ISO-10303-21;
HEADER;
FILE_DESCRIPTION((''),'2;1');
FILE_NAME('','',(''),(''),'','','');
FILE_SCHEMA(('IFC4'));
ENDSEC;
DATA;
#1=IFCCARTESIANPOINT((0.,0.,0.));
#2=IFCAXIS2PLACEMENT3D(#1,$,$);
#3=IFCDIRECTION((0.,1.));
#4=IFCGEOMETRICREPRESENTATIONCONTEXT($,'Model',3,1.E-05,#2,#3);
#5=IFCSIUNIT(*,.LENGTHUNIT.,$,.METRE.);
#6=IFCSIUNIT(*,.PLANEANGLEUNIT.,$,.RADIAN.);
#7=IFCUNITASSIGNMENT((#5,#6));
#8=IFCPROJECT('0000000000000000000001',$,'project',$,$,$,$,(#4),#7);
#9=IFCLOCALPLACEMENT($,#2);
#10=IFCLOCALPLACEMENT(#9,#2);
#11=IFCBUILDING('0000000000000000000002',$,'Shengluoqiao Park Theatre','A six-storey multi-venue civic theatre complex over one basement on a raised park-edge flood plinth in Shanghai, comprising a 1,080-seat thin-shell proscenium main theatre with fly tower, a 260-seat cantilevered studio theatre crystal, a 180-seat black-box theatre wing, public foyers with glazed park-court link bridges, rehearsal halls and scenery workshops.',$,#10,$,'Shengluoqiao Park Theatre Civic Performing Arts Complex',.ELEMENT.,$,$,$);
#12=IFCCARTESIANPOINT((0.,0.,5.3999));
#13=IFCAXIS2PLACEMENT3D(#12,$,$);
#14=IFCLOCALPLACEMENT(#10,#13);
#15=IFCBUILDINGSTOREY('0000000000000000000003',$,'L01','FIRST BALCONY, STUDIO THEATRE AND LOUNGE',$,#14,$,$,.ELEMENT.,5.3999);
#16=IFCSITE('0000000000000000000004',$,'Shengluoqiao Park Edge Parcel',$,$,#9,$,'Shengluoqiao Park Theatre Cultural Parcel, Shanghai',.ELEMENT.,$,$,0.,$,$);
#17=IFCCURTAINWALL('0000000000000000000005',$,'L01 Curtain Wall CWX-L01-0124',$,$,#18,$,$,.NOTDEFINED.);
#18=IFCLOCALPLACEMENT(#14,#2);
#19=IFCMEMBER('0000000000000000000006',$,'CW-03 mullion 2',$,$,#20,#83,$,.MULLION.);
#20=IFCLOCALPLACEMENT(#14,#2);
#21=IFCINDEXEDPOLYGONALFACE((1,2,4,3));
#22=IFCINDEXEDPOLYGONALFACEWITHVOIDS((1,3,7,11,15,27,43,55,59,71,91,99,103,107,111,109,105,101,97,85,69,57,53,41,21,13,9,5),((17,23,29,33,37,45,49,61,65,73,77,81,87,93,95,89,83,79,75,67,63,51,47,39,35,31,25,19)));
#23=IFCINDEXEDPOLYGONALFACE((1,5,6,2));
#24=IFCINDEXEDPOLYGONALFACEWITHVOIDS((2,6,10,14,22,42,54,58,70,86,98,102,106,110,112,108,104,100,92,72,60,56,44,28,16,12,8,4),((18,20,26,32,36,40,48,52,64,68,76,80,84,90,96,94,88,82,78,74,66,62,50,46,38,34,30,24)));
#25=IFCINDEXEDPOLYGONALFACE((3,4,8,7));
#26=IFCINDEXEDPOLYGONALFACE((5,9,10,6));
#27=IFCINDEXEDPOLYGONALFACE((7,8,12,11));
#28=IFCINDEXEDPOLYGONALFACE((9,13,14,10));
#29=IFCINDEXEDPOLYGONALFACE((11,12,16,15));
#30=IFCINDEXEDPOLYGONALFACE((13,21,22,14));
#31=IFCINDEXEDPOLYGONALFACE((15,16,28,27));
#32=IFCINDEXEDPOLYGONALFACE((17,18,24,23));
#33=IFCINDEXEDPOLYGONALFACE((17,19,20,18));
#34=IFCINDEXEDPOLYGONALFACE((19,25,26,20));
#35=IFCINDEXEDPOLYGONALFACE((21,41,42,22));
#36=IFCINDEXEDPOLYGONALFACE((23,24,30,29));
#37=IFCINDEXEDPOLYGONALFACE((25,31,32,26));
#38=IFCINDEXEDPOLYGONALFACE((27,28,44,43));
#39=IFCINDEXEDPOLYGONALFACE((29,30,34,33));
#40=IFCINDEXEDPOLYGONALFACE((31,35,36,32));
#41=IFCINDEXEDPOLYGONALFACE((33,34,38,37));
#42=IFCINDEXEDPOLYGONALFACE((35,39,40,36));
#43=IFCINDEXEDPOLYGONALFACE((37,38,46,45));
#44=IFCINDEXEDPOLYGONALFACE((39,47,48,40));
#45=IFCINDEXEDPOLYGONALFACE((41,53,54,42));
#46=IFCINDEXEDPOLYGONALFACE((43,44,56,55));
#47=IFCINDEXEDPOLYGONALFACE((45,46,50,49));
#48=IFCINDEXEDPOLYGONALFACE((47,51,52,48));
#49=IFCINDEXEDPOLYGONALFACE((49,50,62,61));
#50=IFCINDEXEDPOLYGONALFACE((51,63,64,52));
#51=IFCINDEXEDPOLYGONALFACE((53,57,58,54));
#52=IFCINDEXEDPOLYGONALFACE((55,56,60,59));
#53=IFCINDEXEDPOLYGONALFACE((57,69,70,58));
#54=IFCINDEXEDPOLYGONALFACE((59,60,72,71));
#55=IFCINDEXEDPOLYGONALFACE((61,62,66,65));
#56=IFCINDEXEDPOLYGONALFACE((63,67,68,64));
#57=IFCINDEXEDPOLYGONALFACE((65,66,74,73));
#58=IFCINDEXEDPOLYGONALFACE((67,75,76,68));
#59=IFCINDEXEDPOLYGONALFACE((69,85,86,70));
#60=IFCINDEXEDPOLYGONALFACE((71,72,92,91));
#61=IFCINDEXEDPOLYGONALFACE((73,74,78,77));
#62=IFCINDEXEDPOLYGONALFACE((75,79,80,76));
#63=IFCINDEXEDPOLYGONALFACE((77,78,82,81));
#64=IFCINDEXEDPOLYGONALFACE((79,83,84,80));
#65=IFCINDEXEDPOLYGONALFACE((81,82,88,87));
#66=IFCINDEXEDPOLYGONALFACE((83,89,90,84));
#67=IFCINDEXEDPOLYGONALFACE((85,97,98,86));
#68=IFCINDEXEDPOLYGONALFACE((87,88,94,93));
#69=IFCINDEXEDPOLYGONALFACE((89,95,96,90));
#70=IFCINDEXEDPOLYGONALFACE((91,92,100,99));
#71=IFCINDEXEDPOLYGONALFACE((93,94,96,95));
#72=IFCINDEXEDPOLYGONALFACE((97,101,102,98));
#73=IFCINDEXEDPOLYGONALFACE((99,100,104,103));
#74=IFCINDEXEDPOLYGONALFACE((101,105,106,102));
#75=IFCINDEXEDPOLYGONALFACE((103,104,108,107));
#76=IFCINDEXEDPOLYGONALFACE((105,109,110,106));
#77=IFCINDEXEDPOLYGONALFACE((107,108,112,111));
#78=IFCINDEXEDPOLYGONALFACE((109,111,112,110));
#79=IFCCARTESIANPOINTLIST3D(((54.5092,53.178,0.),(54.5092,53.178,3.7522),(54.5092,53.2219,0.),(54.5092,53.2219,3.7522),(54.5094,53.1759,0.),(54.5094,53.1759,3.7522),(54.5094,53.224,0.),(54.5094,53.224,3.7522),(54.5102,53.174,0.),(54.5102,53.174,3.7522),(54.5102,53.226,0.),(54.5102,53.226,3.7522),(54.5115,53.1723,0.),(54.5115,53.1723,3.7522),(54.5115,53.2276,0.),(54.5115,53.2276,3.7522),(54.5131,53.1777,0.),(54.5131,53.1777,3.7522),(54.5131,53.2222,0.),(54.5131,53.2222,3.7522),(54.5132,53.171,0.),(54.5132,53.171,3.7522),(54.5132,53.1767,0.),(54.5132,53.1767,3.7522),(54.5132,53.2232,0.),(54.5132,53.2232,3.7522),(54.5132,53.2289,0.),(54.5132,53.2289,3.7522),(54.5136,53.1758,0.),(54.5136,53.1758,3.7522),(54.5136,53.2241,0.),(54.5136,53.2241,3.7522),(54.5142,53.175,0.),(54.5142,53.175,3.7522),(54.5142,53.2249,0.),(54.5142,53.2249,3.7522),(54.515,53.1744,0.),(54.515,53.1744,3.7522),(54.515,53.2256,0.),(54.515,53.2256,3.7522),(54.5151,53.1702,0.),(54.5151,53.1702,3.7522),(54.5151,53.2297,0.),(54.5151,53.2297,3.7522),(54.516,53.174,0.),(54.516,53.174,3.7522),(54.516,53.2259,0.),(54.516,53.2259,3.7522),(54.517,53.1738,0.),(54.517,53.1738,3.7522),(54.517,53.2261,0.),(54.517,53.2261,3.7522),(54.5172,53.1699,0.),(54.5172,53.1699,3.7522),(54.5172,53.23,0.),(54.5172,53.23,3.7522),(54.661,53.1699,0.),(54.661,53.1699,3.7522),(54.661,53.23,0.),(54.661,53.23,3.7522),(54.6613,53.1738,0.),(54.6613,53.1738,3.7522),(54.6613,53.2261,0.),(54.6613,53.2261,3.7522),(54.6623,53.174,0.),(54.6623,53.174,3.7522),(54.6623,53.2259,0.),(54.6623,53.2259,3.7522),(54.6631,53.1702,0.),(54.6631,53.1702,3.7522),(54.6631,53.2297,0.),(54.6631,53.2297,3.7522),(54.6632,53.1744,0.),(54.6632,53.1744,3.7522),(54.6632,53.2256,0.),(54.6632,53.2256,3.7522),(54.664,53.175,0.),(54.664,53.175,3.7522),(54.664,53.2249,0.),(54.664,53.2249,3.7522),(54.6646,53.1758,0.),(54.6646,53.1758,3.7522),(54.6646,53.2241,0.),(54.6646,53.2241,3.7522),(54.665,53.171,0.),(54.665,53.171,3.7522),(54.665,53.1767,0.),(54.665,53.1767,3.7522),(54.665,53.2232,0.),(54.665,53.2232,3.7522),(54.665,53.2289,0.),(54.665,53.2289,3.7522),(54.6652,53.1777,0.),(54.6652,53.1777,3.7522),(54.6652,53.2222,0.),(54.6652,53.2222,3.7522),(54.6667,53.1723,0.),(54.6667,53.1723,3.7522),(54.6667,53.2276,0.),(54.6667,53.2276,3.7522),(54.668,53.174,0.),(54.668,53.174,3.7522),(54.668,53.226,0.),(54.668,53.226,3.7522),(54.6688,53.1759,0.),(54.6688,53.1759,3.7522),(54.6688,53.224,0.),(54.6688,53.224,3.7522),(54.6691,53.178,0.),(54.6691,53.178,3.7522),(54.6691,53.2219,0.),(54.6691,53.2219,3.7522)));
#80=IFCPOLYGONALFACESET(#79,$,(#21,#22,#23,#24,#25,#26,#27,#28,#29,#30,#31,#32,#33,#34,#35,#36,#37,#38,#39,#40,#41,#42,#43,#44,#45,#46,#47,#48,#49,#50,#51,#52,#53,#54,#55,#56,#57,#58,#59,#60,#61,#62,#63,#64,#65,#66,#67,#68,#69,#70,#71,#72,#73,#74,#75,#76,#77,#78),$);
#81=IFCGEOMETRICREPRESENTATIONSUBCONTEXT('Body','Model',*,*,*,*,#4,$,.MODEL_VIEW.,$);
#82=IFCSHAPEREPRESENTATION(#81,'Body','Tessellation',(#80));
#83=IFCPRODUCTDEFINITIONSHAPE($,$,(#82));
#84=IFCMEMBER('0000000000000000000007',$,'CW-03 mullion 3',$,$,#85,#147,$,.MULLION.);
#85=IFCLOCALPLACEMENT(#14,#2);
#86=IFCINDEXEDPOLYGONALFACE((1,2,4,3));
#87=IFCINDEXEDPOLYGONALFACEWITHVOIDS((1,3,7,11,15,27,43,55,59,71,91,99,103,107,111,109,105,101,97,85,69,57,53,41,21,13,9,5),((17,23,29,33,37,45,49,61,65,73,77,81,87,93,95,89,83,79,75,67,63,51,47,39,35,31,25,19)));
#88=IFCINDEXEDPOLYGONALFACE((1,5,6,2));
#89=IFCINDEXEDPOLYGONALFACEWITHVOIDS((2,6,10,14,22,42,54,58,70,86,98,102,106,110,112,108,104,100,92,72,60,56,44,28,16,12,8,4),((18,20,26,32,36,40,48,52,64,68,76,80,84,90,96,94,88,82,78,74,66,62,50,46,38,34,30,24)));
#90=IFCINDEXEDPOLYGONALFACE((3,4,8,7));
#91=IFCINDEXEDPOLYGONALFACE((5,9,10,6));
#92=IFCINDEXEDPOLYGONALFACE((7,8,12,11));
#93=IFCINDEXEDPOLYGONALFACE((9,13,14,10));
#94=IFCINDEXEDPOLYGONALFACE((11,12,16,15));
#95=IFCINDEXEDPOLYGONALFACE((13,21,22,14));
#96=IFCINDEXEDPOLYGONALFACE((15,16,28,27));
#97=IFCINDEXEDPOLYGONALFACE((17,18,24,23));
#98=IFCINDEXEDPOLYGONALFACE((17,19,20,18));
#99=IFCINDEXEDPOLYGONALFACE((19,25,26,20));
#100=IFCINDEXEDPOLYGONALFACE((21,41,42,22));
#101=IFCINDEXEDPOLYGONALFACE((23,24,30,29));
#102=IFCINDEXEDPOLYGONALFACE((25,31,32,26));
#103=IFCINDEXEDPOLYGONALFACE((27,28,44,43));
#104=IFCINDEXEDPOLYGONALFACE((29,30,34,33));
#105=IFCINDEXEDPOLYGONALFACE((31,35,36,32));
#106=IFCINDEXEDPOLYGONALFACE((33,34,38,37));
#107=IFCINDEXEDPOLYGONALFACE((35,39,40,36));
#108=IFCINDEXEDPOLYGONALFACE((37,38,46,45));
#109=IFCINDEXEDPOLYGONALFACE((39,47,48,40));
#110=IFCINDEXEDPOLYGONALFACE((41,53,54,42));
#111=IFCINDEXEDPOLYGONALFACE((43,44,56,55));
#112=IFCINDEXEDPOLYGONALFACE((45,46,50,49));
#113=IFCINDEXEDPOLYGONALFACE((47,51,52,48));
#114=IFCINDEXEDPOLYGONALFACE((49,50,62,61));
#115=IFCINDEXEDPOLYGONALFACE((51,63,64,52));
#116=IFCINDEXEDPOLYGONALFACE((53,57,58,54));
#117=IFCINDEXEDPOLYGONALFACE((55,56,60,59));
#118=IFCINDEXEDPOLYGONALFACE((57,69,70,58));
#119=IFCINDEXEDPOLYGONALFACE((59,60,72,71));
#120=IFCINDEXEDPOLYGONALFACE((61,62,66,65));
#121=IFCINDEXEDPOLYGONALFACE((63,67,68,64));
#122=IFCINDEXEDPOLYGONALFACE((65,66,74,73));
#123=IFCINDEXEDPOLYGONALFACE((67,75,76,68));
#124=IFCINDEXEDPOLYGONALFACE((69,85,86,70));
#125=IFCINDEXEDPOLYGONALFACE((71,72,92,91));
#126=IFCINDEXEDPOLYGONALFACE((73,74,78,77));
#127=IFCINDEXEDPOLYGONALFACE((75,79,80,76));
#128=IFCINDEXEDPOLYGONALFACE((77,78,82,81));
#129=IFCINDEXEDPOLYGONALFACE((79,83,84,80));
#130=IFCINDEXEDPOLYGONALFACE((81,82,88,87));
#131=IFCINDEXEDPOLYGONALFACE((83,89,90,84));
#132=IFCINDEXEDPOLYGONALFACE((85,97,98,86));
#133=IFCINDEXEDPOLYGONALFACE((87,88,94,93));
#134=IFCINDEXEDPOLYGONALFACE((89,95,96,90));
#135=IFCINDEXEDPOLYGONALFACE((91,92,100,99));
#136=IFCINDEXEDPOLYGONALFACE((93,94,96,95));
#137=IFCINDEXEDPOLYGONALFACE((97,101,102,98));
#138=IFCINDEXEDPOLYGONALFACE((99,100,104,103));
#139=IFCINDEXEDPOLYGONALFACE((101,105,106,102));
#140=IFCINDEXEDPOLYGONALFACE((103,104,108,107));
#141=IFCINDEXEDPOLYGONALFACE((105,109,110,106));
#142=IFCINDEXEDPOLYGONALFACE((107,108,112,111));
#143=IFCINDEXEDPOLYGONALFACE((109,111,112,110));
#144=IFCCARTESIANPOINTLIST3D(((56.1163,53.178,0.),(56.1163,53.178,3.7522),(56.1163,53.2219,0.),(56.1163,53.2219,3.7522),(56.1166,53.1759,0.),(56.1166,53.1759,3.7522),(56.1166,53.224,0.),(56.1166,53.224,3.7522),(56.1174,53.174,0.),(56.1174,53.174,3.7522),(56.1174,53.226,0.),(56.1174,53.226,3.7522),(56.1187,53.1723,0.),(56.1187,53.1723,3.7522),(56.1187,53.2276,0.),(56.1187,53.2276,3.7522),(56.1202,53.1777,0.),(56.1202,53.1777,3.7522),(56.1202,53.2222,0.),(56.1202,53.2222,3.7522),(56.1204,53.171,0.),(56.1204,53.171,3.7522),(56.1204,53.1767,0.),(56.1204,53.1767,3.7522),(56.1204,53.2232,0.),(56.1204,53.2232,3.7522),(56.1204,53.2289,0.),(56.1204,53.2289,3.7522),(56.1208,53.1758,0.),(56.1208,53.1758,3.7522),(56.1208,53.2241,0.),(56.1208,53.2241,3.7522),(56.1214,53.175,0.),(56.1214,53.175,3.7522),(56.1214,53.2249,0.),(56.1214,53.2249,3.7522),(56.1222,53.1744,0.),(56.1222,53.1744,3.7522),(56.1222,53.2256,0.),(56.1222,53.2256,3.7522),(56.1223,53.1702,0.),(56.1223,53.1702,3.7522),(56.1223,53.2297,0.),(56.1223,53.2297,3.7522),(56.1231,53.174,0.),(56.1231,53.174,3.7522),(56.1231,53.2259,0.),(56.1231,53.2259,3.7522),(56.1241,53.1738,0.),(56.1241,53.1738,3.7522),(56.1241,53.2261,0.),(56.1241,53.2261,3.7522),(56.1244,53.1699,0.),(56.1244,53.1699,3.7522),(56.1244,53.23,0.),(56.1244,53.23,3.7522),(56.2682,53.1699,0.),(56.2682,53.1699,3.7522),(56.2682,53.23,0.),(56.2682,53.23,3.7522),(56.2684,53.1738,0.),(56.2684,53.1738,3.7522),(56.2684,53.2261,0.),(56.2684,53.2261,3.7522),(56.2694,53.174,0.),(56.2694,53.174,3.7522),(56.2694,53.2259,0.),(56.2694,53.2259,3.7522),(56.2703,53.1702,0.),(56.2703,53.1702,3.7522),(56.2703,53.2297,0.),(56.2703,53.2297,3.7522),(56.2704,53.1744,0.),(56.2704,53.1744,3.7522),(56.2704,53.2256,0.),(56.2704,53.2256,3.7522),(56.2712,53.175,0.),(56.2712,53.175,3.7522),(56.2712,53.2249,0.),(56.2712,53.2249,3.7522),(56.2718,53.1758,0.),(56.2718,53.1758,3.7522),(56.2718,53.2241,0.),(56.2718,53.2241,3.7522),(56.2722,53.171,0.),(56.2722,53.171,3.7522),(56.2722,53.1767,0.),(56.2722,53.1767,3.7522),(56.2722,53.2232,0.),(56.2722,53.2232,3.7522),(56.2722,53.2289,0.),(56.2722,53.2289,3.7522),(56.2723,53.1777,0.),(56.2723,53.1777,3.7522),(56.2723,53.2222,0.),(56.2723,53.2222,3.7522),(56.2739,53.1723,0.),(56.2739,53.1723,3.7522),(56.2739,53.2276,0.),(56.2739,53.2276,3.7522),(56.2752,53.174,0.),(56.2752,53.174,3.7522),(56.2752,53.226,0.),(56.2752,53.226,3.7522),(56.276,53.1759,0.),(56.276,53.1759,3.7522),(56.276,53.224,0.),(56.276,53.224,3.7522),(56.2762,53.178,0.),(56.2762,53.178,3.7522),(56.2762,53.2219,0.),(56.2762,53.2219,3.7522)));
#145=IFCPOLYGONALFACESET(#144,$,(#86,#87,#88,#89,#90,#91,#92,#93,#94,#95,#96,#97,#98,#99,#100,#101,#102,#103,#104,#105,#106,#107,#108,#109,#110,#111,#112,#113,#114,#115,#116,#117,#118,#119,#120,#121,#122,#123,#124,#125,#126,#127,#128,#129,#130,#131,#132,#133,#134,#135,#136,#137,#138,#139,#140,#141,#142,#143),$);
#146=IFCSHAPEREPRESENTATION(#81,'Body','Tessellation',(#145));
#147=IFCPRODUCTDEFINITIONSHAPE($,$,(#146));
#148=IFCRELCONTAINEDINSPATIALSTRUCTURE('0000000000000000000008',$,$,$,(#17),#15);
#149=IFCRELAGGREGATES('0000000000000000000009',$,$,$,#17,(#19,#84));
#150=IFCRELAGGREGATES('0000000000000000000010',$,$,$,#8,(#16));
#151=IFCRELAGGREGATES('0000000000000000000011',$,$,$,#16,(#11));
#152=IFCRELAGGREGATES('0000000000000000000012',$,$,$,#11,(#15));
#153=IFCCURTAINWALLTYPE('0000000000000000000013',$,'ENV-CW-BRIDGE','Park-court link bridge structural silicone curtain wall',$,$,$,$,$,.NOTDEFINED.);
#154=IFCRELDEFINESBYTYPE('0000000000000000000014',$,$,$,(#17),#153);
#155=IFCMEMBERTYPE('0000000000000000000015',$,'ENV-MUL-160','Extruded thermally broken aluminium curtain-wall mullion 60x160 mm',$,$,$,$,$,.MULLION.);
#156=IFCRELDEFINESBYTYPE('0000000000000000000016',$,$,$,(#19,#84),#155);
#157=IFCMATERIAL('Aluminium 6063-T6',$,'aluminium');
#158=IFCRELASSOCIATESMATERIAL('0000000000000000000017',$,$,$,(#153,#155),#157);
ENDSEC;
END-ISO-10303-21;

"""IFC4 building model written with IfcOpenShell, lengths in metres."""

from ifc_helpers import new_model, si_unit, direction, frame, origin, origin_2d, place, context, subcontext, project, spatial, hollow_rectangle, extrude, material, material_profile, profile_set, type_object, element, aggregate, save


model = new_model("IFC4")

# Units and contexts
model_context = context("Model", 3, precision=1e-05, world=origin(), true_north=direction((0.0, 1.0)))
body_context = subcontext(model_context, "Body", "Model", "MODEL_VIEW")
ifc_project = project(units=[si_unit("LENGTHUNIT", "METRE"), si_unit("PLANEANGLEUNIT", "RADIAN")], contexts=[model_context])

# Site, building, storey
site_placement = place(None, origin())
site = spatial("IfcSite", under=ifc_project, at=site_placement, Name="Shengluoqiao Park Edge Parcel", LongName="Shengluoqiao Park Theatre Cultural Parcel, Shanghai", CompositionType="ELEMENT", RefElevation=0.0)
building_placement = place(site_placement, origin())
building = spatial("IfcBuilding", under=site, at=building_placement, Name="Shengluoqiao Park Theatre", Description="A six-storey multi-venue civic theatre complex over one basement on a raised park-edge flood plinth in Shanghai, comprising a 1,080-seat thin-shell proscenium main theatre with fly tower, a 260-seat cantilevered studio theatre crystal, a 180-seat black-box theatre wing, public foyers with glazed park-court link bridges, rehearsal halls and scenery workshops.", LongName="Shengluoqiao Park Theatre Civic Performing Arts Complex", CompositionType="ELEMENT")
storey_placement = place(building_placement, frame((0.0, 0.0, 5.3999)))
storey = spatial("IfcBuildingStorey", under=building, at=storey_placement, Name="L01", Description="FIRST BALCONY, STUDIO THEATRE AND LOUNGE", CompositionType="ELEMENT", Elevation=5.3999)

# Shared definitions
ifc_material_1 = material(Name="Aluminium 6063-T6", Category="aluminium")
curtain_wall_type = type_object("IfcCurtainWallType", Name="ENV-CW-BRIDGE", Description="Park-court link bridge structural silicone curtain wall", PredefinedType="NOTDEFINED", material=ifc_material_1)
ifc_material_profile_1 = material_profile(ifc_material_1, hollow_rectangle(XDim=0.0601, YDim=0.1599, WallThickness=0.0039, InnerFilletRadius=0.0039, OuterFilletRadius=0.0081, at=origin_2d()), Name="ALU MULLION 160x60x4")
ifc_profile_set_1 = profile_set([ifc_material_profile_1], Name="Aluminium 6063-T6")
member_type_1 = type_object("IfcMemberType", Name="ENV-MUL-160", Description="Extruded thermally broken aluminium curtain-wall mullion 60x160 mm", PredefinedType="MULLION", material=ifc_profile_set_1)

# Curtain wall, members
curtain_wall_1_placement = place(storey_placement, origin())
curtain_wall_1 = element("IfcCurtainWall", 1, at=curtain_wall_1_placement, inside=storey, type_object=curtain_wall_type, Name="L01 Curtain Wall CWX-L01-0124", PredefinedType="NOTDEFINED")
member_1_placement = place(storey_placement, frame((54.5891, 53.2, 0.0), z_axis=(0.0, 0.0, 1.0), x_axis=(0.0, 1.0, 0.0)))
member_1 = element("IfcMember", 2, at=member_1_placement, type_object=member_type_1, Name="CW-03 mullion 2", PredefinedType="MULLION", context=body_context, shape_type="SweptSolid", body=[
    extrude(hollow_rectangle(XDim=0.0601, YDim=0.1599, WallThickness=0.0039, InnerFilletRadius=0.0039, OuterFilletRadius=0.0081, at=origin_2d()), origin(), (0.0, 0.0, 1.0), 3.7522),
])
member_2_placement = place(storey_placement, frame((56.1963, 53.2, 0.0), z_axis=(0.0, 0.0, 1.0), x_axis=(0.0, 1.0, 0.0)))
member_2 = element("IfcMember", 3, at=member_2_placement, type_object=member_type_1, Name="CW-03 mullion 3", PredefinedType="MULLION", context=body_context, shape_type="SweptSolid", body=[
    extrude(hollow_rectangle(XDim=0.0601, YDim=0.1599, WallThickness=0.0039, InnerFilletRadius=0.0039, OuterFilletRadius=0.0081, at=origin_2d()), origin(), (0.0, 0.0, 1.0), 3.7522),
])

aggregate(curtain_wall_1, [member_1, member_2])

save(model, "model.ifc")
